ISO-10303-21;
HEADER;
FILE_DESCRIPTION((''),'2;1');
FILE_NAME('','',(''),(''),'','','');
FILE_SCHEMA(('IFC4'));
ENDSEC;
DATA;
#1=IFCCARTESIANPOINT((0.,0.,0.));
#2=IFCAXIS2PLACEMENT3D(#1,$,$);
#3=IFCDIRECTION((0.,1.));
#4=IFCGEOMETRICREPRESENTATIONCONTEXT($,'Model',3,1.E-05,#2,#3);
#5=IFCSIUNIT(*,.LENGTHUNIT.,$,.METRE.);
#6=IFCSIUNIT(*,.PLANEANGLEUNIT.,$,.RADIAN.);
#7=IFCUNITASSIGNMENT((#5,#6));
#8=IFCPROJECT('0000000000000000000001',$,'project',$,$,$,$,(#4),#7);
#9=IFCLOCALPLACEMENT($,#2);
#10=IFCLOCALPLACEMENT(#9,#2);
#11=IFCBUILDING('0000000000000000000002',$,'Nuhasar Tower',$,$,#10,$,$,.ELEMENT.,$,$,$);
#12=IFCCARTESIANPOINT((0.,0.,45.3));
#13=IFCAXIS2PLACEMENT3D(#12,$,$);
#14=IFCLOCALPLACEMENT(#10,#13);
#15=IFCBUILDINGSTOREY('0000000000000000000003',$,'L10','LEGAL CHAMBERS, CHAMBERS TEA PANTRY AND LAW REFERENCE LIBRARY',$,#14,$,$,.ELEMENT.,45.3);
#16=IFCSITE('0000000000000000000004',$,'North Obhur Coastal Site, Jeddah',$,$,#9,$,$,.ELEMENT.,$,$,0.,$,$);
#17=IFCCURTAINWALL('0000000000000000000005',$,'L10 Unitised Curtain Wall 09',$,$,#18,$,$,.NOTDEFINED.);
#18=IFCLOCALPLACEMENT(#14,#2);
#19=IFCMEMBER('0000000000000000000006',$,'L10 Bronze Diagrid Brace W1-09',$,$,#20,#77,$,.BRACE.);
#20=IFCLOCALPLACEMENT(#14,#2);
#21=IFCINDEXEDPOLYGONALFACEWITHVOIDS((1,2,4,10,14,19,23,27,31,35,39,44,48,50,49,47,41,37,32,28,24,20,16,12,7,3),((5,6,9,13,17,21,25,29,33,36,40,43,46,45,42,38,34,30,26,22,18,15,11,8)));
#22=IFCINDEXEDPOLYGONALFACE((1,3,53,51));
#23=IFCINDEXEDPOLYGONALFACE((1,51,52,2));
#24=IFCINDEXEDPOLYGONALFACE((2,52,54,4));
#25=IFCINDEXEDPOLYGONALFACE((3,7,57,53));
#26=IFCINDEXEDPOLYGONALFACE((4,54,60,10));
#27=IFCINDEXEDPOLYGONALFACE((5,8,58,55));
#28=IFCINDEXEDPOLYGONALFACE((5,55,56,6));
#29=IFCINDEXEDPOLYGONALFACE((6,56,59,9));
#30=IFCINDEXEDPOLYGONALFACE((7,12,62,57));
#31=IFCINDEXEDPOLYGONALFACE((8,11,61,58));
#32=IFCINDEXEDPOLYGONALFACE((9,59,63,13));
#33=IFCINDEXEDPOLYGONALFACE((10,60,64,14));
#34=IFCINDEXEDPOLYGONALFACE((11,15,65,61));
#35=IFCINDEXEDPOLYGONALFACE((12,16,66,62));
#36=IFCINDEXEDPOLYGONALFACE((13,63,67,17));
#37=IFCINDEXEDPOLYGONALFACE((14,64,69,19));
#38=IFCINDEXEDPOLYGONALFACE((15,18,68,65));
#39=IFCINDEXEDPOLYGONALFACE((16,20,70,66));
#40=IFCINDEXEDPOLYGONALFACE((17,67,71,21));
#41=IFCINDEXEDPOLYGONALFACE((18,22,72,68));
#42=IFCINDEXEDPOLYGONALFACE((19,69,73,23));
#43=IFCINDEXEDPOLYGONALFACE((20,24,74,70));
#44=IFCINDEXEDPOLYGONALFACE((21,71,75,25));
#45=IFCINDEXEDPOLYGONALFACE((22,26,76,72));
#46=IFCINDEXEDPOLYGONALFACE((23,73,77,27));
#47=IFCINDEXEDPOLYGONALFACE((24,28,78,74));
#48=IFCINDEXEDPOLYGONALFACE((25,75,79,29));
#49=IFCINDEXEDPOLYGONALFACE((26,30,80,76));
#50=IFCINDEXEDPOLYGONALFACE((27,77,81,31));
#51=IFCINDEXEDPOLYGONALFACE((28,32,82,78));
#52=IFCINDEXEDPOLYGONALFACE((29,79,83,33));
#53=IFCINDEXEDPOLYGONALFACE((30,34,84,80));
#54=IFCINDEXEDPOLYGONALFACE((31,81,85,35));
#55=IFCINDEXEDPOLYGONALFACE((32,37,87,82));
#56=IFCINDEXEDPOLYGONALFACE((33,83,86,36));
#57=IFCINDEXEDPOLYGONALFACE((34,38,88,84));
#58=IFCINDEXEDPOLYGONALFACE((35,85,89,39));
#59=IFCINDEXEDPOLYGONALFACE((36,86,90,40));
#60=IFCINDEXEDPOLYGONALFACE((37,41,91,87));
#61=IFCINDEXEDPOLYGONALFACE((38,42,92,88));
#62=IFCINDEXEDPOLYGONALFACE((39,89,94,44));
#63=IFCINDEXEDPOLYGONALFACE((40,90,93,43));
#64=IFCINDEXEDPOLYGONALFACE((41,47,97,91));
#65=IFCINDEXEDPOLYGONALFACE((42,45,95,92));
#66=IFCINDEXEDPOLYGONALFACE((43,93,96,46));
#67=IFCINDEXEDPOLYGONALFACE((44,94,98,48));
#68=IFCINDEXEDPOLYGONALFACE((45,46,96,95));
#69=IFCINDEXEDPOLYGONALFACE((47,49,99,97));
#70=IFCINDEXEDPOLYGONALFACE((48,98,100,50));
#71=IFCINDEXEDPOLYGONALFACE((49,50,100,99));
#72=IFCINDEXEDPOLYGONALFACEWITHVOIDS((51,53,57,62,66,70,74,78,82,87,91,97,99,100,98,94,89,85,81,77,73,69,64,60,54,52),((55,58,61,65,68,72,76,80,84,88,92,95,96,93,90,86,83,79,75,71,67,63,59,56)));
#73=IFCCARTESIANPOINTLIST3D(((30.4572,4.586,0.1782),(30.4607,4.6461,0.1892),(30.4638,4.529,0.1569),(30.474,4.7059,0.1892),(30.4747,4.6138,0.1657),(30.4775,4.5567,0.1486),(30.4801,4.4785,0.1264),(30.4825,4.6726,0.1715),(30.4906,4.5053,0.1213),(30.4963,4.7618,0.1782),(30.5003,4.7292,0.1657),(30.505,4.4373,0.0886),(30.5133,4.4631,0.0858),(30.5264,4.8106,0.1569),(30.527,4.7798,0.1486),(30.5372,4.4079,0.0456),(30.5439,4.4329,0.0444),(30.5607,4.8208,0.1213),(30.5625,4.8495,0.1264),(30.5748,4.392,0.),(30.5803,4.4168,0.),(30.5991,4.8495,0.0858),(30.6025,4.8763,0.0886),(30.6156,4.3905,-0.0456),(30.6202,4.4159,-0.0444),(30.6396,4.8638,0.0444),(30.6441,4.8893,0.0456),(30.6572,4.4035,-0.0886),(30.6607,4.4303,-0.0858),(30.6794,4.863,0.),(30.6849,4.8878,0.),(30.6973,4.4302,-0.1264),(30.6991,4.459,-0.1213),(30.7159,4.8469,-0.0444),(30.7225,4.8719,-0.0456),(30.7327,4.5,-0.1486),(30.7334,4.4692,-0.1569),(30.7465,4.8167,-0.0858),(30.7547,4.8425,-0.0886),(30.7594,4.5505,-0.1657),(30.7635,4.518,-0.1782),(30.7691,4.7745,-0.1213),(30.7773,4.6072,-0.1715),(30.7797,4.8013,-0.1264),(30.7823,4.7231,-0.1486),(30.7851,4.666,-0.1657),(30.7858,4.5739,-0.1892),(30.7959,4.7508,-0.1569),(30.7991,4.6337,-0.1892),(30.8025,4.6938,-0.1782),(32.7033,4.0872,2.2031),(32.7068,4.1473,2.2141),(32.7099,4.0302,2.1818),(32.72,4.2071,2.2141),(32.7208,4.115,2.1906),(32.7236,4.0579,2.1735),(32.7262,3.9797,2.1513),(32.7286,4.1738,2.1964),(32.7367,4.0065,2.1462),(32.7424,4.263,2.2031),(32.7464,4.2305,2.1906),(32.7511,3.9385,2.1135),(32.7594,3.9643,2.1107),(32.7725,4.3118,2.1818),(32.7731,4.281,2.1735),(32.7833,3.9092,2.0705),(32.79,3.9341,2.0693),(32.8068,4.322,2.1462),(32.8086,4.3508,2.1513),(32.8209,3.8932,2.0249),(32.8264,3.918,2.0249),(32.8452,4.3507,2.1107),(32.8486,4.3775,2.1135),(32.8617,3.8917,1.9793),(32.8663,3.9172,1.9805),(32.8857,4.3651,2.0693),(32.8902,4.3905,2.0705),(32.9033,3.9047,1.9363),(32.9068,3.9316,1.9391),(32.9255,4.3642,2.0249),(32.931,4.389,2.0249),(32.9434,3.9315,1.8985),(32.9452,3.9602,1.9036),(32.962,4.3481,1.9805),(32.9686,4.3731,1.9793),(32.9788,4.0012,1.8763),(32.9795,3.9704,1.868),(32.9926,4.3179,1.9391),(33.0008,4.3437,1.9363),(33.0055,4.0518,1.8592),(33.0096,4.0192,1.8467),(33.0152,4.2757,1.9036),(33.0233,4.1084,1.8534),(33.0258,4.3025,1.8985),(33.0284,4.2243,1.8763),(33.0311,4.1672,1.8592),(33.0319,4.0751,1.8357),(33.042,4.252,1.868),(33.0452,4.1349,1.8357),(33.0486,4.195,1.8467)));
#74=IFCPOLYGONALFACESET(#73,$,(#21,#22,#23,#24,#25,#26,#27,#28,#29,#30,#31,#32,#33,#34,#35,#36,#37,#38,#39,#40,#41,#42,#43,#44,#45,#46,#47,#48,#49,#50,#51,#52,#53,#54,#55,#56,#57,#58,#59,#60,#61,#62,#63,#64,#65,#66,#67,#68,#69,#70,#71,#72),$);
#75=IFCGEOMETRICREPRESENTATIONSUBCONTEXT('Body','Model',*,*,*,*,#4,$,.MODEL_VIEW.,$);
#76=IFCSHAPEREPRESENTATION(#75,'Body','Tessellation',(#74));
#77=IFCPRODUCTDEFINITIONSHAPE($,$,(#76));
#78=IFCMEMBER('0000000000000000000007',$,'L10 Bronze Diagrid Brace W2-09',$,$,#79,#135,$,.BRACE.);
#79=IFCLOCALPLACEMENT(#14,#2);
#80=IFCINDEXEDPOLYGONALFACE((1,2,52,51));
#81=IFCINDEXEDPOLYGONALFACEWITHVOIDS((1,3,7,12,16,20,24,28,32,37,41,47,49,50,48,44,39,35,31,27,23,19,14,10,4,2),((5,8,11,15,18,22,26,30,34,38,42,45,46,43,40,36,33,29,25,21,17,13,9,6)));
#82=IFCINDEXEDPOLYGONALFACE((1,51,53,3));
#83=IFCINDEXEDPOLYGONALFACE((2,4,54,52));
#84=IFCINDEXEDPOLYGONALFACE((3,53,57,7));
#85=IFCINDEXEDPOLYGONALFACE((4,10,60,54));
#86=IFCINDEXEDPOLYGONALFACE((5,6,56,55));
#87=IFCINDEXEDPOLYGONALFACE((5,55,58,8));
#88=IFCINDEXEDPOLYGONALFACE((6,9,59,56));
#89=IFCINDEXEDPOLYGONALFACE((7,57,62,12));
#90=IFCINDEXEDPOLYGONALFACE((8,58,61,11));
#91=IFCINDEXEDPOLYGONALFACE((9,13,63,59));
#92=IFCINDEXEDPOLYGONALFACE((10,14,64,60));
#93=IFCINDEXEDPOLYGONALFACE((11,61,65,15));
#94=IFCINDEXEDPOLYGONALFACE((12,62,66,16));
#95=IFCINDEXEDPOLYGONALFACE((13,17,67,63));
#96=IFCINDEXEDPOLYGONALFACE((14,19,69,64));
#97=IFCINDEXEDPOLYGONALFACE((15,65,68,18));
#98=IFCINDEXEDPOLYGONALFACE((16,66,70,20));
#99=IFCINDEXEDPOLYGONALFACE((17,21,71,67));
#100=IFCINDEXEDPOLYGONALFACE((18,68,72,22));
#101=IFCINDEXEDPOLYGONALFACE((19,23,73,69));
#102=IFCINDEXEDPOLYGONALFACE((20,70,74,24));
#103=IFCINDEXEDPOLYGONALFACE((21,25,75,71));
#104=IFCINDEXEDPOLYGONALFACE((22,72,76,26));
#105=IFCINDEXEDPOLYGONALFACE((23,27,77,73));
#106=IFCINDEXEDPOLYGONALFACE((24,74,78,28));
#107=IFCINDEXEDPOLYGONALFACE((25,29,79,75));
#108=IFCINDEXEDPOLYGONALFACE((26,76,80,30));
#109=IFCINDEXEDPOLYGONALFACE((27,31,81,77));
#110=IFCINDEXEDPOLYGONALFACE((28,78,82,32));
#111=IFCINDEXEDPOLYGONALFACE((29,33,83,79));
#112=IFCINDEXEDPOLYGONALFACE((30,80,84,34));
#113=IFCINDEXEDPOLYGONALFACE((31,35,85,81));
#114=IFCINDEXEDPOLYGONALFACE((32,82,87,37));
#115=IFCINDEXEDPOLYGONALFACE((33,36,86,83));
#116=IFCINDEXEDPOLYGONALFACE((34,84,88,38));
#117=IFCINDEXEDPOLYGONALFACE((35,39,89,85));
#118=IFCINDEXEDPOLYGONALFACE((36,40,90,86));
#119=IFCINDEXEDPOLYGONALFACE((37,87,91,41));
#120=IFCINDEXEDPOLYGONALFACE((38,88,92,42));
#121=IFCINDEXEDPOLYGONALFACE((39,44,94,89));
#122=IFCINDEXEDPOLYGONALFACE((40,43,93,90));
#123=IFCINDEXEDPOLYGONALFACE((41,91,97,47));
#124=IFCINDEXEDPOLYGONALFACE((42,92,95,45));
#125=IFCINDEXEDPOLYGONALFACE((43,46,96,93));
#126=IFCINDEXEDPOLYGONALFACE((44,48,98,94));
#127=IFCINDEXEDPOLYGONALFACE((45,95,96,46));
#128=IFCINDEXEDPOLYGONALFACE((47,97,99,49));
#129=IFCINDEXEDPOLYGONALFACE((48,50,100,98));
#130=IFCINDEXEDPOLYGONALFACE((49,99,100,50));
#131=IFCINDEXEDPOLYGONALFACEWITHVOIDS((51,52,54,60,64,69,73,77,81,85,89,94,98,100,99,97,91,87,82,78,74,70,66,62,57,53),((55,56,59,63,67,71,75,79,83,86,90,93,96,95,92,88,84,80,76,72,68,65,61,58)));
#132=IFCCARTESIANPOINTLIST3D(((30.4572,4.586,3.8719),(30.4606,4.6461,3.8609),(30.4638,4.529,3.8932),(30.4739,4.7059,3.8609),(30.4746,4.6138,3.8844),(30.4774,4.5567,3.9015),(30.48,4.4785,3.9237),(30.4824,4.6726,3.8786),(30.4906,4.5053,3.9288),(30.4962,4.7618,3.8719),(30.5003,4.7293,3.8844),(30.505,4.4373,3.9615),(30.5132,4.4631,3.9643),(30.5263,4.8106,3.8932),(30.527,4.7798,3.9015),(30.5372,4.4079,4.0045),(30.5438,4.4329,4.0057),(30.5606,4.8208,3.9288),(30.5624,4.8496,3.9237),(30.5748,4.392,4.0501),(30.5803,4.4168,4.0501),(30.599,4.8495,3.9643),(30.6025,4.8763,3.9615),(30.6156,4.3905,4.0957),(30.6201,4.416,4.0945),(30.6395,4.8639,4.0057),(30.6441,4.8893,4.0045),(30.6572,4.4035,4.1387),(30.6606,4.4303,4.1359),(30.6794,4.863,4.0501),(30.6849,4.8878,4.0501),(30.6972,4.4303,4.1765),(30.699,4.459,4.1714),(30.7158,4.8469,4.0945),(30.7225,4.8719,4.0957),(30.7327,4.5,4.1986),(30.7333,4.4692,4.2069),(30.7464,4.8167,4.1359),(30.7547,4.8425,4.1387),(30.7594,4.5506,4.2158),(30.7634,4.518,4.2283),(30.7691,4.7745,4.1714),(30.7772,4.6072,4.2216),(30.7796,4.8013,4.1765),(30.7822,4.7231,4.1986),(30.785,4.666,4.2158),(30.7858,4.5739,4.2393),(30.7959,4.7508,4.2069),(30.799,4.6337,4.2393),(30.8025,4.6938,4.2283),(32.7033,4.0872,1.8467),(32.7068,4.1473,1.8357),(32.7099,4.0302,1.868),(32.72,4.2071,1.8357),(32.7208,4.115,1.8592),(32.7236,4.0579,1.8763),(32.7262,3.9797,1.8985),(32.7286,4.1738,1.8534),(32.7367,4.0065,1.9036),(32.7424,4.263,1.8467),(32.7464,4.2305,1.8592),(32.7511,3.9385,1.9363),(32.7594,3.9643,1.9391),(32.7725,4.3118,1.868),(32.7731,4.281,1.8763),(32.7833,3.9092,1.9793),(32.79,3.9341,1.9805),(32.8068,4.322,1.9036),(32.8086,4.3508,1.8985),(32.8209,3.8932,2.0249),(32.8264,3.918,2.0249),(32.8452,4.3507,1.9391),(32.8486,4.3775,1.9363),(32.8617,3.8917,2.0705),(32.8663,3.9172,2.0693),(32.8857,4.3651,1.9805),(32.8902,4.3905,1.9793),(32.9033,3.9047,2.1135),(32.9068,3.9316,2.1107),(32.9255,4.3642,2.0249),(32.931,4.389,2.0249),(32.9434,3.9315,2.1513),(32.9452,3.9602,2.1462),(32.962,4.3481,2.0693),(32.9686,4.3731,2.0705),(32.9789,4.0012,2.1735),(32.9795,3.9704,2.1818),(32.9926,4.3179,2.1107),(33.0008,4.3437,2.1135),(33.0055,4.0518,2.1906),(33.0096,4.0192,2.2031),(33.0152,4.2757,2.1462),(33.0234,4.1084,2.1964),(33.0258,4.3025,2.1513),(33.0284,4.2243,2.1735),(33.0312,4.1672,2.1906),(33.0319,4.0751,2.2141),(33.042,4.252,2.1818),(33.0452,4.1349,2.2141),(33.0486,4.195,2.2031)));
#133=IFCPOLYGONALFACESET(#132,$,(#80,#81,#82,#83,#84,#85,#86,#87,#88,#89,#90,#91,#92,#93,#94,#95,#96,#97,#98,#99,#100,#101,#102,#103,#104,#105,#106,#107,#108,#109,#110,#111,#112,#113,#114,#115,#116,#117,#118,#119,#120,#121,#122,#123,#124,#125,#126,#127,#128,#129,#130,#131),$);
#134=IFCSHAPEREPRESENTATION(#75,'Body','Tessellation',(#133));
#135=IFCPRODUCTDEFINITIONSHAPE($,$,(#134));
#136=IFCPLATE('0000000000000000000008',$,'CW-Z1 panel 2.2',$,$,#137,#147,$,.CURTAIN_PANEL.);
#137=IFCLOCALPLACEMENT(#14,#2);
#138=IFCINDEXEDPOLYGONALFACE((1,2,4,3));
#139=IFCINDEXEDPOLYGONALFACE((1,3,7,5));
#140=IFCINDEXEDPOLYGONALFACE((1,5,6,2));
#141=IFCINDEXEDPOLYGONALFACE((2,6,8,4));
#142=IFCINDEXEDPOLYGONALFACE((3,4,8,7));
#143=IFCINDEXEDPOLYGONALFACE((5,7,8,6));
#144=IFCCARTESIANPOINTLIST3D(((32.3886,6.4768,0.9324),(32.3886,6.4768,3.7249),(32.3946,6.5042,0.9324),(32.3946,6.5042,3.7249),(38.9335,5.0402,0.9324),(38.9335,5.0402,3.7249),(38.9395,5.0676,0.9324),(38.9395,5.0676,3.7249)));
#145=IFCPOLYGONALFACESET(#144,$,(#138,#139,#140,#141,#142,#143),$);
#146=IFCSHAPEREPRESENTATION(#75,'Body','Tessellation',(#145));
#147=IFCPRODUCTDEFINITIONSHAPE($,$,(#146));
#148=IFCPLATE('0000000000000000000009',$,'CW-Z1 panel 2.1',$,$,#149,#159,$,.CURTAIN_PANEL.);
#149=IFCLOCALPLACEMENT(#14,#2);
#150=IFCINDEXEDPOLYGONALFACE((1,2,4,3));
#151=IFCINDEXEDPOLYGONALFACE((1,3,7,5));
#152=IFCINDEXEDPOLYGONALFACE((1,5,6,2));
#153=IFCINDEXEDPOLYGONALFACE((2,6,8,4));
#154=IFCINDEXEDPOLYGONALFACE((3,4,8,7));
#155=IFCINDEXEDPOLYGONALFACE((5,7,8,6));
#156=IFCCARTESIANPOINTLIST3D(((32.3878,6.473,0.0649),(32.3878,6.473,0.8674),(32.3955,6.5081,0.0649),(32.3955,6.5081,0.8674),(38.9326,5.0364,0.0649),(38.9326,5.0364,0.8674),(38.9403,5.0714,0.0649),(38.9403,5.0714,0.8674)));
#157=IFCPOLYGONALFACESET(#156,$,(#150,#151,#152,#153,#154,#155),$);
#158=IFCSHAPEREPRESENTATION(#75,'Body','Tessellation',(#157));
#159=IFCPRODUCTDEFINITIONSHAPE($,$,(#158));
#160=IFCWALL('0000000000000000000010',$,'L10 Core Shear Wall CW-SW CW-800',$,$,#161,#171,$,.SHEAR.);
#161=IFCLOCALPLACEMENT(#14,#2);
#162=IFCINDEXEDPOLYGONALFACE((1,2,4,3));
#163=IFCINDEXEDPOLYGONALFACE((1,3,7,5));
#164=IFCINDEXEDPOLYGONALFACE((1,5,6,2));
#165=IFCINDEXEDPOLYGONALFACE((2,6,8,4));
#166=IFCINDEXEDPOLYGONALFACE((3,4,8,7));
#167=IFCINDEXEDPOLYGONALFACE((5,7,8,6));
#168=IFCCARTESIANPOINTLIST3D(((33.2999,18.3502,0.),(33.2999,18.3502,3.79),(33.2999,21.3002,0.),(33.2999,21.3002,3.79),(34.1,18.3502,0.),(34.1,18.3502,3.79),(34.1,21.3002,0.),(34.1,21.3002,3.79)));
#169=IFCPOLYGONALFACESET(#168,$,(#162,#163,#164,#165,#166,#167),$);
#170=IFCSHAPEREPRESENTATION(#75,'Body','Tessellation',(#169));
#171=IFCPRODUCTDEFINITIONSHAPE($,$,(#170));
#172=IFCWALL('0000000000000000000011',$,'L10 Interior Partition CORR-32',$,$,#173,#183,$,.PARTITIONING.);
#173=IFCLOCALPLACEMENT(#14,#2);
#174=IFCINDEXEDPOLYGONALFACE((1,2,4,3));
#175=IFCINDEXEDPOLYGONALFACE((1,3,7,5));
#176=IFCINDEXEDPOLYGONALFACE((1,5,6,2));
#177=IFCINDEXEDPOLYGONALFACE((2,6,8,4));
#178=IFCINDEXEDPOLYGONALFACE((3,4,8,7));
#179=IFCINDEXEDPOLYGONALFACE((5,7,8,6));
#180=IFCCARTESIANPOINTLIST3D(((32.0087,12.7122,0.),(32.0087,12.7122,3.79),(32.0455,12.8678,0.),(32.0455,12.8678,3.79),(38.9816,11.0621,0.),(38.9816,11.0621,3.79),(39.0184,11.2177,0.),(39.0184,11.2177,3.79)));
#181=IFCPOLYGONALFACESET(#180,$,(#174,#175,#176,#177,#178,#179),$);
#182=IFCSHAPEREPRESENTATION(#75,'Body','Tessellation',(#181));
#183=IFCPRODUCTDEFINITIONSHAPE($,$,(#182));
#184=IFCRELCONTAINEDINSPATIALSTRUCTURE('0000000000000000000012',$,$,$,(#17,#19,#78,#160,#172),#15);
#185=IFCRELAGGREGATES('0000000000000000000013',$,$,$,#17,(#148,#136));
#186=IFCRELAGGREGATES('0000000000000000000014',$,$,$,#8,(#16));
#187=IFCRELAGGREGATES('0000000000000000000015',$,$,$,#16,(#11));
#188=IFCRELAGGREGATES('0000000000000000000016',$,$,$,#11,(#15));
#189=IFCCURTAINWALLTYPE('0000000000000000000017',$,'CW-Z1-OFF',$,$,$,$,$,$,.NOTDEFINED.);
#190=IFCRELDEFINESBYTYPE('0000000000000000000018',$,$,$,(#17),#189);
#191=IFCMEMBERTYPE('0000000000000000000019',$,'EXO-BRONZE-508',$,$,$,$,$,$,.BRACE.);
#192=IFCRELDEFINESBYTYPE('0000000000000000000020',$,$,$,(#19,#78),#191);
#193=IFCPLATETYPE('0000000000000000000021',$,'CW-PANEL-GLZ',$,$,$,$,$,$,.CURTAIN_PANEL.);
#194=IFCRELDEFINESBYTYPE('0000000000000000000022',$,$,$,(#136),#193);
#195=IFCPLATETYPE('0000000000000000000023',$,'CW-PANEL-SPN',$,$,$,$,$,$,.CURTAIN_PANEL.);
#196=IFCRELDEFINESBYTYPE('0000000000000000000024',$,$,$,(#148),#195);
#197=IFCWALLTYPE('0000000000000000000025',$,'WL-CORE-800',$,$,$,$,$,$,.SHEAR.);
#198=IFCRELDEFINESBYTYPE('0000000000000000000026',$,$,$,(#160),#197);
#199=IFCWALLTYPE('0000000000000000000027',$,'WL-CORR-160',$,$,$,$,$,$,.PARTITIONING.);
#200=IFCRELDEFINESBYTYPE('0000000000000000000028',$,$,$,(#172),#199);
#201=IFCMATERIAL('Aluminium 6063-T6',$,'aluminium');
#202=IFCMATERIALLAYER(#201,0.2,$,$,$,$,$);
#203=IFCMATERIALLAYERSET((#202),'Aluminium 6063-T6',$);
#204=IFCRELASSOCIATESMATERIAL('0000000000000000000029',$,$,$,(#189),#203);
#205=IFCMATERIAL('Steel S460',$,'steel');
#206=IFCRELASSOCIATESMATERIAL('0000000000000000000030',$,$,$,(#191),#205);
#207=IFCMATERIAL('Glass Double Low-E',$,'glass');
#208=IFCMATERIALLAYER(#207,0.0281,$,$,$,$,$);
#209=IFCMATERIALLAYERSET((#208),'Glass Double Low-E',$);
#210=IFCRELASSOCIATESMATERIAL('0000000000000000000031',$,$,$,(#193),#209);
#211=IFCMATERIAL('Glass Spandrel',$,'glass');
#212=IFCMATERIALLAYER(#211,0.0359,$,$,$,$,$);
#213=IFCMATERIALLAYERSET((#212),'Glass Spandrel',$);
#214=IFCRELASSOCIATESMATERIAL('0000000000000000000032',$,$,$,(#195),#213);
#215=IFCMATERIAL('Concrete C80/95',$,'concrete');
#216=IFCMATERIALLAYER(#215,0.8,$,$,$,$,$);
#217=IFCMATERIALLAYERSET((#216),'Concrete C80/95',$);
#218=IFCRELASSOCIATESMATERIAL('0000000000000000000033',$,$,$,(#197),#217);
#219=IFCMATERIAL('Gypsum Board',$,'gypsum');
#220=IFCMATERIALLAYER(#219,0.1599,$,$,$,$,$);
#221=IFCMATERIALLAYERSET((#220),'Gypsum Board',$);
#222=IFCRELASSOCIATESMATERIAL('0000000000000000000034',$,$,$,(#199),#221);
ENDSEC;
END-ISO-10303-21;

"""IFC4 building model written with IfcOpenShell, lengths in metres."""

from ifc_helpers import new_model, si_unit, direction, frame, frame_2d, origin, origin_2d, place, context, subcontext, project, spatial, rectangle, hollow_circle, extrude, material, layer, layer_set, material_profile, profile_set, type_object, element, aggregate, save


model = new_model("IFC4")

# Units and contexts
model_context = context("Model", 3, precision=1e-05, world=origin(), true_north=direction((0.0, 1.0)))
body_context = subcontext(model_context, "Body", "Model", "MODEL_VIEW")
ifc_project = project(units=[si_unit("LENGTHUNIT", "METRE"), si_unit("PLANEANGLEUNIT", "RADIAN")], contexts=[model_context])

# Site, building, storey
site_placement = place(None, origin())
site = spatial("IfcSite", under=ifc_project, at=site_placement, Name="North Obhur Coastal Site, Jeddah", CompositionType="ELEMENT", RefElevation=0.0)
building_placement = place(site_placement, origin())
building = spatial("IfcBuilding", under=site, at=building_placement, Name="Nuhasar Tower", CompositionType="ELEMENT")
storey_placement = place(building_placement, frame((0.0, 0.0, 45.3)))
storey = spatial("IfcBuildingStorey", under=building, at=storey_placement, Name="L10", Description="LEGAL CHAMBERS, CHAMBERS TEA PANTRY AND LAW REFERENCE LIBRARY", CompositionType="ELEMENT", Elevation=45.3)

# Shared definitions
ifc_material_1 = material(Name="Concrete C80/95", Category="concrete")

# Curtain wall
ifc_material_2 = material(Name="Aluminium 6063-T6", Category="aluminium")
ifc_layer_1 = layer(ifc_material_2, 0.2)
ifc_layer_set_1 = layer_set([ifc_layer_1], Name="Aluminium 6063-T6")
curtain_wall_type = type_object("IfcCurtainWallType", Name="CW-Z1-OFF", PredefinedType="NOTDEFINED", material=ifc_layer_set_1)
curtain_wall_placement = place(storey_placement, origin())
curtain_wall = element("IfcCurtainWall", 1, at=curtain_wall_placement, inside=storey, type_object=curtain_wall_type, Name="L10 Unitised Curtain Wall 09", PredefinedType="NOTDEFINED")

# Members
ifc_material_3 = material(Name="Steel S460", Category="steel")
ifc_material_profile_1 = material_profile(ifc_material_3, hollow_circle(Radius=0.2539, WallThickness=0.0254, at=origin_2d()), Name="HSS508X25.4")
ifc_profile_set_1 = profile_set([ifc_material_profile_1], Name="Steel S460")
member_type_1 = type_object("IfcMemberType", Name="EXO-BRONZE-508", PredefinedType="BRACE", material=ifc_profile_set_1)
member_1_placement = place(storey_placement, frame((30.6299, 4.6399, 0.0), z_axis=(0.732831, -0.162736, 0.660663), x_axis=(0.216784, 0.97622, 0.0)))
element("IfcMember", 2, at=member_1_placement, inside=storey, type_object=member_type_1, Name="L10 Bronze Diagrid Brace W1-09", PredefinedType="BRACE", context=body_context, shape_type="SweptSolid", body=[
    extrude(hollow_circle(Radius=0.2539, WallThickness=0.0254, at=origin_2d()), origin(), (0.0, 0.0, 1.0), 3.0649),
])
member_2_placement = place(storey_placement, frame((32.876, 4.1411, 2.0249), z_axis=(-0.732792, 0.162728, 0.660708), x_axis=(-0.216784, -0.97622, 0.0)))
element("IfcMember", 3, at=member_2_placement, inside=storey, type_object=member_type_1, Name="L10 Bronze Diagrid Brace W2-09", PredefinedType="BRACE", context=body_context, shape_type="SweptSolid", body=[
    extrude(hollow_circle(Radius=0.2539, WallThickness=0.0254, at=origin_2d()), origin(), (0.0, 0.0, 1.0), 3.0652),
])

# Plates
ifc_material_4 = material(Name="Glass Double Low-E", Category="glass")
ifc_layer_2 = layer(ifc_material_4, 0.0281)
ifc_layer_set_2 = layer_set([ifc_layer_2], Name="Glass Double Low-E")
plate_type_1 = type_object("IfcPlateType", Name="CW-PANEL-GLZ", PredefinedType="CURTAIN_PANEL", material=ifc_layer_set_2)
plate_1_placement = place(storey_placement, frame((35.6641, 5.7722, 0.9324), z_axis=(0.0, 0.0, 1.0), x_axis=(0.976746, -0.214399, 0.0)))
plate_1 = element("IfcPlate", 4, at=plate_1_placement, type_object=plate_type_1, Name="CW-Z1 panel 2.2", PredefinedType="CURTAIN_PANEL", context=body_context, shape_type="SweptSolid", body=[
    extrude(rectangle(XDim=6.7007, YDim=0.0281, at=origin_2d()), origin(), (0.0, 0.0, 1.0), 2.7925),
])
ifc_material_5 = material(Name="Glass Spandrel", Category="glass")
ifc_layer_3 = layer(ifc_material_5, 0.0359)
ifc_layer_set_3 = layer_set([ifc_layer_3], Name="Glass Spandrel")
plate_type_2 = type_object("IfcPlateType", Name="CW-PANEL-SPN", PredefinedType="CURTAIN_PANEL", material=ifc_layer_set_3)
plate_2_placement = place(storey_placement, frame((35.6641, 5.7722, 0.0649), z_axis=(0.0, 0.0, 1.0), x_axis=(0.976746, -0.214399, 0.0)))
plate_2 = element("IfcPlate", 5, at=plate_2_placement, type_object=plate_type_2, Name="CW-Z1 panel 2.1", PredefinedType="CURTAIN_PANEL", context=body_context, shape_type="SweptSolid", body=[
    extrude(rectangle(XDim=6.7007, YDim=0.0359, at=origin_2d()), origin(), (0.0, 0.0, 1.0), 0.8025),
])
aggregate(curtain_wall, [plate_2, plate_1])

# Wall
ifc_layer_4 = layer(ifc_material_1, 0.8)
ifc_layer_set_4 = layer_set([ifc_layer_4], Name="Concrete C80/95")
wall_type_1 = type_object("IfcWallType", Name="WL-CORE-800", PredefinedType="SHEAR", material=ifc_layer_set_4)
wall_1_placement = place(storey_placement, frame((33.7, 18.3501, 0.0), z_axis=(0.0, 0.0, 1.0), x_axis=(0.0, 1.0, 0.0)))
element("IfcWall", 6, at=wall_1_placement, inside=storey, type_object=wall_type_1, Name="L10 Core Shear Wall CW-SW CW-800", PredefinedType="SHEAR", context=body_context, shape_type="SweptSolid", body=[
    extrude(rectangle(XDim=2.95, YDim=0.8, at=frame_2d((1.4751, 0.0))), origin(), (0.0, 0.0, 1.0), 3.79),
])

# Shared definitions
ifc_material_6 = material(Name="Gypsum Board", Category="gypsum")
ifc_layer_5 = layer(ifc_material_6, 0.1599)
ifc_layer_set_5 = layer_set([ifc_layer_5], Name="Gypsum Board")
wall_type_2 = type_object("IfcWallType", Name="WL-CORR-160", PredefinedType="PARTITIONING", material=ifc_layer_set_5)

# Wall
wall_2_placement = place(storey_placement, frame((32.0271, 12.79, 0.0), z_axis=(0.0, 0.0, 1.0), x_axis=(0.973122, -0.230291, 0.0)))
element("IfcWall", 7, at=wall_2_placement, inside=storey, type_object=wall_type_2, Name="L10 Interior Partition CORR-32", PredefinedType="PARTITIONING", context=body_context, shape_type="SweptSolid", body=[
    extrude(rectangle(XDim=7.1655, YDim=0.1599, at=frame_2d((3.5828, 0.0))), origin(), (0.0, 0.0, 1.0), 3.79),
])

save(model, "model.ifc")
